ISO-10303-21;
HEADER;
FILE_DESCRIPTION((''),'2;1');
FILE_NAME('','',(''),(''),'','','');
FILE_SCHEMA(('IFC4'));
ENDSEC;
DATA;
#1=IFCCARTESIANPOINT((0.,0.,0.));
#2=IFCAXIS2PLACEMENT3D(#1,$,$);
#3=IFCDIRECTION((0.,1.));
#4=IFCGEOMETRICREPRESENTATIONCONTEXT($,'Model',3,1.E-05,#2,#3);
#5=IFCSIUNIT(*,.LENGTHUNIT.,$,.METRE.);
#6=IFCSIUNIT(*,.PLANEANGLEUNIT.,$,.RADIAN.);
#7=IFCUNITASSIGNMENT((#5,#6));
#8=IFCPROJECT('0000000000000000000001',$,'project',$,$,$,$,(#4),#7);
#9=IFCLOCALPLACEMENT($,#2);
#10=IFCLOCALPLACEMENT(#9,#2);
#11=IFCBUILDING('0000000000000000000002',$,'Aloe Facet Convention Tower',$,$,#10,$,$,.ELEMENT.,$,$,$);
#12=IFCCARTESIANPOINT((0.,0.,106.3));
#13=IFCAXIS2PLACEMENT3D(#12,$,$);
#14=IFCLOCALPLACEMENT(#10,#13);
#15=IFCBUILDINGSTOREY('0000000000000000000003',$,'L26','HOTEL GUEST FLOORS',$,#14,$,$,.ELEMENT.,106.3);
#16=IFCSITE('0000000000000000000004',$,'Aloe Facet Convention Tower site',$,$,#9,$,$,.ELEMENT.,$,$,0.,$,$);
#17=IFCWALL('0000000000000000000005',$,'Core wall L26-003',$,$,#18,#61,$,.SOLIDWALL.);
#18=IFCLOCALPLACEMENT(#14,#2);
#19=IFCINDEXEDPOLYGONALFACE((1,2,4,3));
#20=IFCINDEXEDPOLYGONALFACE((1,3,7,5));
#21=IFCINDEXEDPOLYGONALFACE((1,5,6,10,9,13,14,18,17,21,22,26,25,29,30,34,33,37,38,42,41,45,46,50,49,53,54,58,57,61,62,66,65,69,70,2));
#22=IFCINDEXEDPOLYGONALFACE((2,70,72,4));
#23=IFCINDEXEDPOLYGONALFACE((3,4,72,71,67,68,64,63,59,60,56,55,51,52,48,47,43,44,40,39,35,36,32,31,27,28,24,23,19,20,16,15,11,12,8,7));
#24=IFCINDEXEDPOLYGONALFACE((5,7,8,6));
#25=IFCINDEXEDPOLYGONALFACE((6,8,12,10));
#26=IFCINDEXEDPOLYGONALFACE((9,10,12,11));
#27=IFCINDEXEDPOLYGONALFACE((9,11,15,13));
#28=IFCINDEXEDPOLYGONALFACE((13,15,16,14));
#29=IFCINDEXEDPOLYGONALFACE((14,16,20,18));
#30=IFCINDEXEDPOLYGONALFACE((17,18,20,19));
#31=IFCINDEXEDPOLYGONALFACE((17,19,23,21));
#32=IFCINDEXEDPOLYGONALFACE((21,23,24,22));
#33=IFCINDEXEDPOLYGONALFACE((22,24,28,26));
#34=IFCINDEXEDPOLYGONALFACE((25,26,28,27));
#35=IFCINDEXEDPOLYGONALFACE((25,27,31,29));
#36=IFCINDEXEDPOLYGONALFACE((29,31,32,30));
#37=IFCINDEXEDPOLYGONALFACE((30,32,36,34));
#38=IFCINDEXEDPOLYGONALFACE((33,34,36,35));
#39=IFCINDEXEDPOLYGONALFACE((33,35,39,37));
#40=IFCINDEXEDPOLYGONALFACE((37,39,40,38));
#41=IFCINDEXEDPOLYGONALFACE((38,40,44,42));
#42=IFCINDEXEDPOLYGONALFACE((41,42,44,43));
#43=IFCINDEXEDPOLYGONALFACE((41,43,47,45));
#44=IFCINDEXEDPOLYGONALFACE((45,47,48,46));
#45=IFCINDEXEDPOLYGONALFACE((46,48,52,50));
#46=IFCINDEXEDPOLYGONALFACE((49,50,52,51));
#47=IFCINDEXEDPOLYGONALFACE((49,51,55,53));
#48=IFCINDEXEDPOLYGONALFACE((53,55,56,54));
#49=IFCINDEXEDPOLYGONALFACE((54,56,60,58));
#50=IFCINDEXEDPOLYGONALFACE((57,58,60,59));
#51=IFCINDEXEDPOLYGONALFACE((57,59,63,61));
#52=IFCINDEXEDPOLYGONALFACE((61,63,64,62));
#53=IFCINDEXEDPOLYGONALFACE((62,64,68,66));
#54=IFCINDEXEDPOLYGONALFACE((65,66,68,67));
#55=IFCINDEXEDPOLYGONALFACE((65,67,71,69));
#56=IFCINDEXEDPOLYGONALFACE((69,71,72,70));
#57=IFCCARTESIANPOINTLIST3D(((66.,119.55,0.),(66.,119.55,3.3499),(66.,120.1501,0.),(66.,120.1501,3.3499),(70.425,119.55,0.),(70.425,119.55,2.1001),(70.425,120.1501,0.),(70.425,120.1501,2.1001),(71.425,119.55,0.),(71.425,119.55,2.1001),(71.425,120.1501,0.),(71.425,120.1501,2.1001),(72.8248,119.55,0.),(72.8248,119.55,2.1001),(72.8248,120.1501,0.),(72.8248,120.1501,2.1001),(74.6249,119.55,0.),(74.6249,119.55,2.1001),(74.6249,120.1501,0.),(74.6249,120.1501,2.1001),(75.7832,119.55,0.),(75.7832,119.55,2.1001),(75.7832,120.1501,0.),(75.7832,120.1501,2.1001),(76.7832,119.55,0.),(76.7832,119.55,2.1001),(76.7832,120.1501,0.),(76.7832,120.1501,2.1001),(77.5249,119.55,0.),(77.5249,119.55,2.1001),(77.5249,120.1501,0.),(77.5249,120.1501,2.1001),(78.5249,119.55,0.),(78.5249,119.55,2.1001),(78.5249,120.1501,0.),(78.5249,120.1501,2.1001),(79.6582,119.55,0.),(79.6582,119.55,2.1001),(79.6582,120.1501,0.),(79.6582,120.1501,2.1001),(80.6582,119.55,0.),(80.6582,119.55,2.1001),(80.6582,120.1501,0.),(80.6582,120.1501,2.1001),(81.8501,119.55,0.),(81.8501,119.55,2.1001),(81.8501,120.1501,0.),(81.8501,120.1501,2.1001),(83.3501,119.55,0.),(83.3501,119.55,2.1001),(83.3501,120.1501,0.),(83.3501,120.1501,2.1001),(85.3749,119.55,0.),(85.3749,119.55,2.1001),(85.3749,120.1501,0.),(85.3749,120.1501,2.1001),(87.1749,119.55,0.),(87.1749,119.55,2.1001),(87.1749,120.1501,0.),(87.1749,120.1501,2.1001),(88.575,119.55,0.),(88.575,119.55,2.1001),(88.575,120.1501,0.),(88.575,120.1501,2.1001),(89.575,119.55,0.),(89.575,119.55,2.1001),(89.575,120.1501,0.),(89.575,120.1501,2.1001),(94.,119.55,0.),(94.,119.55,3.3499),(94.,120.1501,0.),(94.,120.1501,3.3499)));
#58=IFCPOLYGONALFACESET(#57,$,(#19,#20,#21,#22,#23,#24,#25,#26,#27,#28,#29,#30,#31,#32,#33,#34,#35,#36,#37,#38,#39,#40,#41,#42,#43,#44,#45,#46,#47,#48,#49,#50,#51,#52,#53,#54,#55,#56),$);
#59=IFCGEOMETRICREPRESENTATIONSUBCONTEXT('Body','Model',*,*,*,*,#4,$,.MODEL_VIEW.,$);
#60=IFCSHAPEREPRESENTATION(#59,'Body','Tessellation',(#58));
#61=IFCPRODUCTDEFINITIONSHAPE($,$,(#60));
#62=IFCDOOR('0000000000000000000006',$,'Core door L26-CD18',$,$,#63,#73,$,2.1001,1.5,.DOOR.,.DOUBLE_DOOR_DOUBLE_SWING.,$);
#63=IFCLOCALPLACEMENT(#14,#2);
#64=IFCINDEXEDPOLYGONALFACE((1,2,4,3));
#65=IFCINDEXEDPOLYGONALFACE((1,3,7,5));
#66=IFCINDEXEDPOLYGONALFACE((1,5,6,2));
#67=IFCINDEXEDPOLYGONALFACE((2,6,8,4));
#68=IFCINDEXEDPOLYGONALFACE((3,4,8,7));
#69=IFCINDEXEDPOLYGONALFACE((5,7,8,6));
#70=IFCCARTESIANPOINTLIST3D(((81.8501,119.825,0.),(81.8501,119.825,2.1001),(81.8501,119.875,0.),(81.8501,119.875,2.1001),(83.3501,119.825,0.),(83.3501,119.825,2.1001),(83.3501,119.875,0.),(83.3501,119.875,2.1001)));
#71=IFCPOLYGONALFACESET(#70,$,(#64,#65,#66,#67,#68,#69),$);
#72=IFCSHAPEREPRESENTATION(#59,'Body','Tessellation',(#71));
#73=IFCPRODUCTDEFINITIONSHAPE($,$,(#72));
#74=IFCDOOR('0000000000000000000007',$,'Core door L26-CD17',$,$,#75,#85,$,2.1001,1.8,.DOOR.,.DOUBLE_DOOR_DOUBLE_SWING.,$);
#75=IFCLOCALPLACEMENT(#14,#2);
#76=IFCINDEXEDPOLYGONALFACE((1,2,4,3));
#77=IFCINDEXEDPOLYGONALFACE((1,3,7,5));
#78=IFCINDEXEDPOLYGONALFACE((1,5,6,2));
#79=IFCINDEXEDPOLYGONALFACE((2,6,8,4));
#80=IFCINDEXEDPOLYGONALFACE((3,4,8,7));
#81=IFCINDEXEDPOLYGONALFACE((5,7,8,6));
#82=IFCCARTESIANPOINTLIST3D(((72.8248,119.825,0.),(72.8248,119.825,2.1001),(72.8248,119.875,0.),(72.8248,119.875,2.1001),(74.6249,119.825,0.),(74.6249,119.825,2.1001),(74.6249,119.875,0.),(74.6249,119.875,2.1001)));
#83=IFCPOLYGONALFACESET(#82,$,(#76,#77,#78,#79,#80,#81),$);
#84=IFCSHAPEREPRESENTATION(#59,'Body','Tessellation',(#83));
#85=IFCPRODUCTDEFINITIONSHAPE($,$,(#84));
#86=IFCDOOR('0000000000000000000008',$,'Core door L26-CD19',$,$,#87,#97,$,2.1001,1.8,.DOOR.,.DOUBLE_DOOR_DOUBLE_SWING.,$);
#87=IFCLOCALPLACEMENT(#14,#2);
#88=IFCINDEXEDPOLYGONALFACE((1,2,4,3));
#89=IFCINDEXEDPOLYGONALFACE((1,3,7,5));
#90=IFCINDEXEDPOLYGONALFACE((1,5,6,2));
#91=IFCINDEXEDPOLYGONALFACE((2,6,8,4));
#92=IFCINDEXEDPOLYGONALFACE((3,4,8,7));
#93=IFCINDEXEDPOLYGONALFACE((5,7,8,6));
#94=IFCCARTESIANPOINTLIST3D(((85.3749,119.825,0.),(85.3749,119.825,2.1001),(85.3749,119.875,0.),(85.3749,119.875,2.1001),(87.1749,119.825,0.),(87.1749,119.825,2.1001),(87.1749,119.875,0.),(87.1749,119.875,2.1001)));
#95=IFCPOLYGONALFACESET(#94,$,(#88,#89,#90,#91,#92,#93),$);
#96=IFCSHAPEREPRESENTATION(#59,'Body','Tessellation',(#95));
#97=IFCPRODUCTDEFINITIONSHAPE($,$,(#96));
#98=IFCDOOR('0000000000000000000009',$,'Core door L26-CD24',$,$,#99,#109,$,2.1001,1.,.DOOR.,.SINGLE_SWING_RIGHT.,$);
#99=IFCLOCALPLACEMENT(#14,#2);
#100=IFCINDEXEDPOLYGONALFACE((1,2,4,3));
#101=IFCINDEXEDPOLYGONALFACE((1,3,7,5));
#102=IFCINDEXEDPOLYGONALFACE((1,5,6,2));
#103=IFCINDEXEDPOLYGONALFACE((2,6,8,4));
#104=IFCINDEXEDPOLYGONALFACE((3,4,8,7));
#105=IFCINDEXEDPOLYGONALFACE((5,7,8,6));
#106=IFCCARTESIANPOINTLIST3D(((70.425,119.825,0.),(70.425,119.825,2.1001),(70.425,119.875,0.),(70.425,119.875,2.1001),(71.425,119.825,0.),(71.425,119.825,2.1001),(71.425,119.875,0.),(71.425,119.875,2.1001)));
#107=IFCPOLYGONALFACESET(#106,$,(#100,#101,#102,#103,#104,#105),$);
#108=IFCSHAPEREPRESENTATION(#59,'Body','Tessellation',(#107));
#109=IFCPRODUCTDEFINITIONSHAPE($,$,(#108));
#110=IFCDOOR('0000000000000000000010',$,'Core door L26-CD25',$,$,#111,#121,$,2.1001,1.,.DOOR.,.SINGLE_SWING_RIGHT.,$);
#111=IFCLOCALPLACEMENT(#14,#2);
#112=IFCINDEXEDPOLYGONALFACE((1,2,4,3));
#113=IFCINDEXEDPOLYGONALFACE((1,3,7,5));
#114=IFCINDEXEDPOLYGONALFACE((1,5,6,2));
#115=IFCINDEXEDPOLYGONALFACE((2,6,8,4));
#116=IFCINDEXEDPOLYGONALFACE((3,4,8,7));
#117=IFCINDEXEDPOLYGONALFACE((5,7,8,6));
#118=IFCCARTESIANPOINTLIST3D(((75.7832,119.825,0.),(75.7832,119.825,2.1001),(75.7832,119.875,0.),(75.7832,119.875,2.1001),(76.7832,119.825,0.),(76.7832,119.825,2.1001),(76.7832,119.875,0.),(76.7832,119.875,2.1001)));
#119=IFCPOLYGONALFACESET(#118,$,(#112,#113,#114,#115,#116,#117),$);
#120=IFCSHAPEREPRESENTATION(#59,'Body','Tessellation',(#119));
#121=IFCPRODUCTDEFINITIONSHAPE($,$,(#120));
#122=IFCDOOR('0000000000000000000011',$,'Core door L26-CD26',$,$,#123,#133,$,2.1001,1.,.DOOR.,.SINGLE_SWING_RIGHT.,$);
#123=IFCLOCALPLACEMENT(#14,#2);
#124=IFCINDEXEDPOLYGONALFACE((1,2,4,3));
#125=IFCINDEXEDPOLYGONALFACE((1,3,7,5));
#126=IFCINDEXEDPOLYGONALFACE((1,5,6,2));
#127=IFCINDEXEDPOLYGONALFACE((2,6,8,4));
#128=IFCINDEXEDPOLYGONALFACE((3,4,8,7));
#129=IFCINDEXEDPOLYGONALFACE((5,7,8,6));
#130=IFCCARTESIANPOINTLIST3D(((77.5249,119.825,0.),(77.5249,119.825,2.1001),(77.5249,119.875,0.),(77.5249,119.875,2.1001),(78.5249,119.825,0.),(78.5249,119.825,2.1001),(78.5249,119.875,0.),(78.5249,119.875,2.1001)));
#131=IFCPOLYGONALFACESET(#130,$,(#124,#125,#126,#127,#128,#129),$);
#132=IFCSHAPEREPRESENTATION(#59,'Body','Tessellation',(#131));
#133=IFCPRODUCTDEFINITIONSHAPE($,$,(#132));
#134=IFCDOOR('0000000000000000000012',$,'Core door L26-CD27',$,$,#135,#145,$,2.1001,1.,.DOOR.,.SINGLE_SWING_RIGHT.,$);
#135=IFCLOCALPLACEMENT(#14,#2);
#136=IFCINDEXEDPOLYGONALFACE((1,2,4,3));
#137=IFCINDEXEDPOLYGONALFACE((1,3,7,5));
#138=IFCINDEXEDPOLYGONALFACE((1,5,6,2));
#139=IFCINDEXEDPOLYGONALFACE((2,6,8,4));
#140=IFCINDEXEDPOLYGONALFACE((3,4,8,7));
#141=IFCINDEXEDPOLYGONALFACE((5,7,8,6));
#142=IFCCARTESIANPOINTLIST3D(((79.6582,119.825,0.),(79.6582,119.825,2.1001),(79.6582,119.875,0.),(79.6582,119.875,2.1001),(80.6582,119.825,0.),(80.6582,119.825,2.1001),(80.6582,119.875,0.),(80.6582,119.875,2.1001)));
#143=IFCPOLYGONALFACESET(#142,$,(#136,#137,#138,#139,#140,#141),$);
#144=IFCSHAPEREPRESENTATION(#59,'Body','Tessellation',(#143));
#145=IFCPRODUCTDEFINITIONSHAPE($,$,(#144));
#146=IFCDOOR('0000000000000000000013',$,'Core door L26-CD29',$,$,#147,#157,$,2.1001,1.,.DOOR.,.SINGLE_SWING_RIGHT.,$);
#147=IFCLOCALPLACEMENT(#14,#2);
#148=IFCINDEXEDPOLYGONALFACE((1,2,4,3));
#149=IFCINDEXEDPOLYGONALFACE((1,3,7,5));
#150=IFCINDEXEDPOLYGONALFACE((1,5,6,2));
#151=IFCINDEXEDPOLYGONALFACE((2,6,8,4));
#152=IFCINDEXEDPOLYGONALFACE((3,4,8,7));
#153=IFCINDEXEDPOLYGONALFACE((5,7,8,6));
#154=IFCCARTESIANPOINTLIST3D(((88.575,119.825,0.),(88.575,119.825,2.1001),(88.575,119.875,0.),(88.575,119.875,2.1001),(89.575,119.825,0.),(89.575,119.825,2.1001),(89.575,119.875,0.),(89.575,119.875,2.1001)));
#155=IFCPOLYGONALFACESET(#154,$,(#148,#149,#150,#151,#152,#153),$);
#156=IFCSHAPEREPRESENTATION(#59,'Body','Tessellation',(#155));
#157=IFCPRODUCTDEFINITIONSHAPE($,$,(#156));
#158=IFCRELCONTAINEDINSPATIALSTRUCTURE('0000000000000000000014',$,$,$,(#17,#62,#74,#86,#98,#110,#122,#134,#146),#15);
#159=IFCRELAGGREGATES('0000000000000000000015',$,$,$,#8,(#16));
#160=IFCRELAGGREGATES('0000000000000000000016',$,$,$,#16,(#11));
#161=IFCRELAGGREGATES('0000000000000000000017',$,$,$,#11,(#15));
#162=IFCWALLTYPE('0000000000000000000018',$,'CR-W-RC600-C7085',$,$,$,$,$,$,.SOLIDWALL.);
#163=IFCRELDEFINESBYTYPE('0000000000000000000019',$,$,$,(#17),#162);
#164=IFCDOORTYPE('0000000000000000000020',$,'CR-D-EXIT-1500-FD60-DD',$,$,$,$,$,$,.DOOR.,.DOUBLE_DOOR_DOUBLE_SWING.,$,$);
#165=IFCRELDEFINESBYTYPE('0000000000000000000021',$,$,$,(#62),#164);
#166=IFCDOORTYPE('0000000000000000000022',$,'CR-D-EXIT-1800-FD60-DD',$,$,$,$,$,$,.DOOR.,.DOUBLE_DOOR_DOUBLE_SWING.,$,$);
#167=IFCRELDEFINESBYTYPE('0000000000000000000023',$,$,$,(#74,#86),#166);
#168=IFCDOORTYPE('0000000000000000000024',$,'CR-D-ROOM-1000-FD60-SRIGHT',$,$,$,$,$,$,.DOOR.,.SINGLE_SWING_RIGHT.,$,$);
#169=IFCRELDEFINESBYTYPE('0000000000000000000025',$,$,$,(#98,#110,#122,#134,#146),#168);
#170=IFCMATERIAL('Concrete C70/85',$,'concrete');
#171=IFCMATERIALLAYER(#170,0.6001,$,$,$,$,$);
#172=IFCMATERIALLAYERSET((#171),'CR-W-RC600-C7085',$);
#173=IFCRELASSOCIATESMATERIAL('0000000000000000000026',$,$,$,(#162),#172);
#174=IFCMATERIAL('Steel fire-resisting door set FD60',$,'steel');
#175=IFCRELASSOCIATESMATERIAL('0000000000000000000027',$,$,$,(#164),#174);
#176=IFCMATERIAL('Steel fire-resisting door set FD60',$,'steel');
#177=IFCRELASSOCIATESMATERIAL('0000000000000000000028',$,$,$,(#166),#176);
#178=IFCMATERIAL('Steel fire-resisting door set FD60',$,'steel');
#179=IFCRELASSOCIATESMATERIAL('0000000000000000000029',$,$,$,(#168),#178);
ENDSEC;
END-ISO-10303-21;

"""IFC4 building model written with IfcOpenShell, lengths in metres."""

from ifc_helpers import new_model, si_unit, direction, frame, frame_2d, origin, place, context, subcontext, project, spatial, rectangle, extrude, material, layer, layer_set, type_object, element, fill, save


model = new_model("IFC4")

# Units and contexts
model_context = context("Model", 3, precision=1e-05, world=origin(), true_north=direction((0.0, 1.0)))
body_context = subcontext(model_context, "Body", "Model", "MODEL_VIEW")
ifc_project = project(units=[si_unit("LENGTHUNIT", "METRE"), si_unit("PLANEANGLEUNIT", "RADIAN")], contexts=[model_context])

# Site, building, storey
site_placement = place(None, origin())
site = spatial("IfcSite", under=ifc_project, at=site_placement, Name="Aloe Facet Convention Tower site", CompositionType="ELEMENT", RefElevation=0.0)
building_placement = place(site_placement, origin())
building = spatial("IfcBuilding", under=site, at=building_placement, Name="Aloe Facet Convention Tower", CompositionType="ELEMENT")
storey_placement = place(building_placement, frame((0.0, 0.0, 106.3)))
storey = spatial("IfcBuildingStorey", under=building, at=storey_placement, Name="L26", Description="HOTEL GUEST FLOORS", CompositionType="ELEMENT", Elevation=106.3)

# Wall, openings, doors
ifc_material_1 = material(Name="Concrete C70/85", Category="concrete")
ifc_layer_1 = layer(ifc_material_1, 0.6001)
ifc_layer_set_1 = layer_set([ifc_layer_1], Name="CR-W-RC600-C7085")
wall_type_1 = type_object("IfcWallType", Name="CR-W-RC600-C7085", PredefinedType="SOLIDWALL", material=ifc_layer_set_1)
wall_1_placement = place(storey_placement, frame((66.0, 119.8501, 0.0), z_axis=(0.0, 0.0, 1.0), x_axis=(1.0, 0.0, 0.0)))
wall_1 = element("IfcWall", 1, at=wall_1_placement, inside=storey, type_object=wall_type_1, Name="Core wall L26-003", PredefinedType="SOLIDWALL", context=body_context, shape_type="SweptSolid", body=[
    extrude(rectangle(XDim=28.0, YDim=0.6001, at=frame_2d((14.0, 0.0))), origin(), (0.0, 0.0, 1.0), 3.3499),
])
opening_1_placement = place(wall_1_placement, frame((6.825, 0.0, 0.0)))
opening_1 = element("IfcOpeningElement", 2, at=opening_1_placement, cuts=wall_1, PredefinedType="OPENING", context=body_context, shape_type="SweptSolid", body=[
    extrude(rectangle(XDim=1.8, YDim=2.1001, at=frame_2d((0.8999, 1.05))), frame((0.0, 0.3101, 0.0), z_axis=(0.0, -1.0, 0.0), x_axis=(1.0, 0.0, 0.0)), (0.0, 0.0, 1.0), 0.6201),
])
opening_2_placement = place(wall_1_placement, frame((15.8501, 0.0, 0.0)))
opening_2 = element("IfcOpeningElement", 3, at=opening_2_placement, cuts=wall_1, PredefinedType="OPENING", context=body_context, shape_type="SweptSolid", body=[
    extrude(rectangle(XDim=1.5, YDim=2.1001, at=frame_2d((0.75, 1.05))), frame((0.0, 0.3101, 0.0), z_axis=(0.0, -1.0, 0.0), x_axis=(1.0, 0.0, 0.0)), (0.0, 0.0, 1.0), 0.6201),
])
opening_3_placement = place(wall_1_placement, frame((19.375, 0.0, 0.0)))
opening_3 = element("IfcOpeningElement", 4, at=opening_3_placement, cuts=wall_1, PredefinedType="OPENING", context=body_context, shape_type="SweptSolid", body=[
    extrude(rectangle(XDim=1.8, YDim=2.1001, at=frame_2d((0.8999, 1.05))), frame((0.0, 0.3101, 0.0), z_axis=(0.0, -1.0, 0.0), x_axis=(1.0, 0.0, 0.0)), (0.0, 0.0, 1.0), 0.6201),
])
opening_4_placement = place(wall_1_placement, frame((4.425, 0.0, 0.0)))
opening_4 = element("IfcOpeningElement", 5, at=opening_4_placement, cuts=wall_1, PredefinedType="OPENING", context=body_context, shape_type="SweptSolid", body=[
    extrude(rectangle(XDim=1.0, YDim=2.1001, at=frame_2d((0.5, 1.05))), frame((0.0, 0.3101, 0.0), z_axis=(0.0, -1.0, 0.0), x_axis=(1.0, 0.0, 0.0)), (0.0, 0.0, 1.0), 0.6201),
])
opening_5_placement = place(wall_1_placement, frame((9.7832, 0.0, 0.0)))
opening_5 = element("IfcOpeningElement", 6, at=opening_5_placement, cuts=wall_1, PredefinedType="OPENING", context=body_context, shape_type="SweptSolid", body=[
    extrude(rectangle(XDim=1.0, YDim=2.1001, at=frame_2d((0.5, 1.05))), frame((0.0, 0.3101, 0.0), z_axis=(0.0, -1.0, 0.0), x_axis=(1.0, 0.0, 0.0)), (0.0, 0.0, 1.0), 0.6201),
])
opening_6_placement = place(wall_1_placement, frame((11.5249, 0.0, 0.0)))
opening_6 = element("IfcOpeningElement", 7, at=opening_6_placement, cuts=wall_1, PredefinedType="OPENING", context=body_context, shape_type="SweptSolid", body=[
    extrude(rectangle(XDim=1.0, YDim=2.1001, at=frame_2d((0.5, 1.05))), frame((0.0, 0.3101, 0.0), z_axis=(0.0, -1.0, 0.0), x_axis=(1.0, 0.0, 0.0)), (0.0, 0.0, 1.0), 0.6201),
])
opening_7_placement = place(wall_1_placement, frame((13.6582, 0.0, 0.0)))
opening_7 = element("IfcOpeningElement", 8, at=opening_7_placement, cuts=wall_1, PredefinedType="OPENING", context=body_context, shape_type="SweptSolid", body=[
    extrude(rectangle(XDim=1.0, YDim=2.1001, at=frame_2d((0.5, 1.05))), frame((0.0, 0.3101, 0.0), z_axis=(0.0, -1.0, 0.0), x_axis=(1.0, 0.0, 0.0)), (0.0, 0.0, 1.0), 0.6201),
])
opening_8_placement = place(wall_1_placement, frame((22.575, 0.0, 0.0)))
opening_8 = element("IfcOpeningElement", 9, at=opening_8_placement, cuts=wall_1, PredefinedType="OPENING", context=body_context, shape_type="SweptSolid", body=[
    extrude(rectangle(XDim=1.0, YDim=2.1001, at=frame_2d((0.5, 1.05))), frame((0.0, 0.3101, 0.0), z_axis=(0.0, -1.0, 0.0), x_axis=(1.0, 0.0, 0.0)), (0.0, 0.0, 1.0), 0.6201),
])
ifc_material_2 = material(Name="Steel fire-resisting door set FD60", Category="steel")
door_type_1 = type_object("IfcDoorType", Name="CR-D-EXIT-1500-FD60-DD", OperationType="DOUBLE_DOOR_DOUBLE_SWING", PredefinedType="DOOR", material=ifc_material_2)
door_1_placement = place(opening_2_placement, origin())
door_1 = element("IfcDoor", 10, at=door_1_placement, inside=storey, type_object=door_type_1, Name="Core door L26-CD18", OperationType="DOUBLE_DOOR_DOUBLE_SWING", OverallHeight=2.1001, OverallWidth=1.5, PredefinedType="DOOR", context=body_context, shape_type="SweptSolid", body=[
    extrude(rectangle(XDim=1.5, YDim=2.1001, at=frame_2d((0.75, 1.05))), frame((0.0, 0.0249, 0.0), z_axis=(0.0, -1.0, 0.0), x_axis=(1.0, 0.0, 0.0)), (0.0, 0.0, 1.0), 0.05),
])
fill(opening_2, door_1)
ifc_material_3 = material(Name="Steel fire-resisting door set FD60", Category="steel")
door_type_2 = type_object("IfcDoorType", Name="CR-D-EXIT-1800-FD60-DD", OperationType="DOUBLE_DOOR_DOUBLE_SWING", PredefinedType="DOOR", material=ifc_material_3)
door_2_placement = place(opening_1_placement, origin())
door_2 = element("IfcDoor", 11, at=door_2_placement, inside=storey, type_object=door_type_2, Name="Core door L26-CD17", OperationType="DOUBLE_DOOR_DOUBLE_SWING", OverallHeight=2.1001, OverallWidth=1.8, PredefinedType="DOOR", context=body_context, shape_type="SweptSolid", body=[
    extrude(rectangle(XDim=1.8, YDim=2.1001, at=frame_2d((0.8999, 1.05))), frame((0.0, 0.0249, 0.0), z_axis=(0.0, -1.0, 0.0), x_axis=(1.0, 0.0, 0.0)), (0.0, 0.0, 1.0), 0.05),
])
fill(opening_1, door_2)
door_3_placement = place(opening_3_placement, origin())
door_3 = element("IfcDoor", 12, at=door_3_placement, inside=storey, type_object=door_type_2, Name="Core door L26-CD19", OperationType="DOUBLE_DOOR_DOUBLE_SWING", OverallHeight=2.1001, OverallWidth=1.8, PredefinedType="DOOR", context=body_context, shape_type="SweptSolid", body=[
    extrude(rectangle(XDim=1.8, YDim=2.1001, at=frame_2d((0.8999, 1.05))), frame((0.0, 0.0249, 0.0), z_axis=(0.0, -1.0, 0.0), x_axis=(1.0, 0.0, 0.0)), (0.0, 0.0, 1.0), 0.05),
])
fill(opening_3, door_3)
ifc_material_4 = material(Name="Steel fire-resisting door set FD60", Category="steel")
door_type_3 = type_object("IfcDoorType", Name="CR-D-ROOM-1000-FD60-SRIGHT", OperationType="SINGLE_SWING_RIGHT", PredefinedType="DOOR", material=ifc_material_4)
door_4_placement = place(opening_4_placement, origin())
door_4 = element("IfcDoor", 13, at=door_4_placement, inside=storey, type_object=door_type_3, Name="Core door L26-CD24", OperationType="SINGLE_SWING_RIGHT", OverallHeight=2.1001, OverallWidth=1.0, PredefinedType="DOOR", context=body_context, shape_type="SweptSolid", body=[
    extrude(rectangle(XDim=1.0, YDim=2.1001, at=frame_2d((0.5, 1.05))), frame((0.0, 0.0249, 0.0), z_axis=(0.0, -1.0, 0.0), x_axis=(1.0, 0.0, 0.0)), (0.0, 0.0, 1.0), 0.05),
])
fill(opening_4, door_4)
door_5_placement = place(opening_5_placement, origin())
door_5 = element("IfcDoor", 14, at=door_5_placement, inside=storey, type_object=door_type_3, Name="Core door L26-CD25", OperationType="SINGLE_SWING_RIGHT", OverallHeight=2.1001, OverallWidth=1.0, PredefinedType="DOOR", context=body_context, shape_type="SweptSolid", body=[
    extrude(rectangle(XDim=1.0, YDim=2.1001, at=frame_2d((0.5, 1.05))), frame((0.0, 0.0249, 0.0), z_axis=(0.0, -1.0, 0.0), x_axis=(1.0, 0.0, 0.0)), (0.0, 0.0, 1.0), 0.05),
])
fill(opening_5, door_5)
door_6_placement = place(opening_6_placement, origin())
door_6 = element("IfcDoor", 15, at=door_6_placement, inside=storey, type_object=door_type_3, Name="Core door L26-CD26", OperationType="SINGLE_SWING_RIGHT", OverallHeight=2.1001, OverallWidth=1.0, PredefinedType="DOOR", context=body_context, shape_type="SweptSolid", body=[
    extrude(rectangle(XDim=1.0, YDim=2.1001, at=frame_2d((0.5, 1.05))), frame((0.0, 0.0249, 0.0), z_axis=(0.0, -1.0, 0.0), x_axis=(1.0, 0.0, 0.0)), (0.0, 0.0, 1.0), 0.05),
])
fill(opening_6, door_6)
door_7_placement = place(opening_7_placement, origin())
door_7 = element("IfcDoor", 16, at=door_7_placement, inside=storey, type_object=door_type_3, Name="Core door L26-CD27", OperationType="SINGLE_SWING_RIGHT", OverallHeight=2.1001, OverallWidth=1.0, PredefinedType="DOOR", context=body_context, shape_type="SweptSolid", body=[
    extrude(rectangle(XDim=1.0, YDim=2.1001, at=frame_2d((0.5, 1.05))), frame((0.0, 0.0249, 0.0), z_axis=(0.0, -1.0, 0.0), x_axis=(1.0, 0.0, 0.0)), (0.0, 0.0, 1.0), 0.05),
])
fill(opening_7, door_7)
door_8_placement = place(opening_8_placement, origin())
door_8 = element("IfcDoor", 17, at=door_8_placement, inside=storey, type_object=door_type_3, Name="Core door L26-CD29", OperationType="SINGLE_SWING_RIGHT", OverallHeight=2.1001, OverallWidth=1.0, PredefinedType="DOOR", context=body_context, shape_type="SweptSolid", body=[
    extrude(rectangle(XDim=1.0, YDim=2.1001, at=frame_2d((0.5, 1.05))), frame((0.0, 0.0249, 0.0), z_axis=(0.0, -1.0, 0.0), x_axis=(1.0, 0.0, 0.0)), (0.0, 0.0, 1.0), 0.05),
])
fill(opening_8, door_8)

save(model, "model.ifc")
